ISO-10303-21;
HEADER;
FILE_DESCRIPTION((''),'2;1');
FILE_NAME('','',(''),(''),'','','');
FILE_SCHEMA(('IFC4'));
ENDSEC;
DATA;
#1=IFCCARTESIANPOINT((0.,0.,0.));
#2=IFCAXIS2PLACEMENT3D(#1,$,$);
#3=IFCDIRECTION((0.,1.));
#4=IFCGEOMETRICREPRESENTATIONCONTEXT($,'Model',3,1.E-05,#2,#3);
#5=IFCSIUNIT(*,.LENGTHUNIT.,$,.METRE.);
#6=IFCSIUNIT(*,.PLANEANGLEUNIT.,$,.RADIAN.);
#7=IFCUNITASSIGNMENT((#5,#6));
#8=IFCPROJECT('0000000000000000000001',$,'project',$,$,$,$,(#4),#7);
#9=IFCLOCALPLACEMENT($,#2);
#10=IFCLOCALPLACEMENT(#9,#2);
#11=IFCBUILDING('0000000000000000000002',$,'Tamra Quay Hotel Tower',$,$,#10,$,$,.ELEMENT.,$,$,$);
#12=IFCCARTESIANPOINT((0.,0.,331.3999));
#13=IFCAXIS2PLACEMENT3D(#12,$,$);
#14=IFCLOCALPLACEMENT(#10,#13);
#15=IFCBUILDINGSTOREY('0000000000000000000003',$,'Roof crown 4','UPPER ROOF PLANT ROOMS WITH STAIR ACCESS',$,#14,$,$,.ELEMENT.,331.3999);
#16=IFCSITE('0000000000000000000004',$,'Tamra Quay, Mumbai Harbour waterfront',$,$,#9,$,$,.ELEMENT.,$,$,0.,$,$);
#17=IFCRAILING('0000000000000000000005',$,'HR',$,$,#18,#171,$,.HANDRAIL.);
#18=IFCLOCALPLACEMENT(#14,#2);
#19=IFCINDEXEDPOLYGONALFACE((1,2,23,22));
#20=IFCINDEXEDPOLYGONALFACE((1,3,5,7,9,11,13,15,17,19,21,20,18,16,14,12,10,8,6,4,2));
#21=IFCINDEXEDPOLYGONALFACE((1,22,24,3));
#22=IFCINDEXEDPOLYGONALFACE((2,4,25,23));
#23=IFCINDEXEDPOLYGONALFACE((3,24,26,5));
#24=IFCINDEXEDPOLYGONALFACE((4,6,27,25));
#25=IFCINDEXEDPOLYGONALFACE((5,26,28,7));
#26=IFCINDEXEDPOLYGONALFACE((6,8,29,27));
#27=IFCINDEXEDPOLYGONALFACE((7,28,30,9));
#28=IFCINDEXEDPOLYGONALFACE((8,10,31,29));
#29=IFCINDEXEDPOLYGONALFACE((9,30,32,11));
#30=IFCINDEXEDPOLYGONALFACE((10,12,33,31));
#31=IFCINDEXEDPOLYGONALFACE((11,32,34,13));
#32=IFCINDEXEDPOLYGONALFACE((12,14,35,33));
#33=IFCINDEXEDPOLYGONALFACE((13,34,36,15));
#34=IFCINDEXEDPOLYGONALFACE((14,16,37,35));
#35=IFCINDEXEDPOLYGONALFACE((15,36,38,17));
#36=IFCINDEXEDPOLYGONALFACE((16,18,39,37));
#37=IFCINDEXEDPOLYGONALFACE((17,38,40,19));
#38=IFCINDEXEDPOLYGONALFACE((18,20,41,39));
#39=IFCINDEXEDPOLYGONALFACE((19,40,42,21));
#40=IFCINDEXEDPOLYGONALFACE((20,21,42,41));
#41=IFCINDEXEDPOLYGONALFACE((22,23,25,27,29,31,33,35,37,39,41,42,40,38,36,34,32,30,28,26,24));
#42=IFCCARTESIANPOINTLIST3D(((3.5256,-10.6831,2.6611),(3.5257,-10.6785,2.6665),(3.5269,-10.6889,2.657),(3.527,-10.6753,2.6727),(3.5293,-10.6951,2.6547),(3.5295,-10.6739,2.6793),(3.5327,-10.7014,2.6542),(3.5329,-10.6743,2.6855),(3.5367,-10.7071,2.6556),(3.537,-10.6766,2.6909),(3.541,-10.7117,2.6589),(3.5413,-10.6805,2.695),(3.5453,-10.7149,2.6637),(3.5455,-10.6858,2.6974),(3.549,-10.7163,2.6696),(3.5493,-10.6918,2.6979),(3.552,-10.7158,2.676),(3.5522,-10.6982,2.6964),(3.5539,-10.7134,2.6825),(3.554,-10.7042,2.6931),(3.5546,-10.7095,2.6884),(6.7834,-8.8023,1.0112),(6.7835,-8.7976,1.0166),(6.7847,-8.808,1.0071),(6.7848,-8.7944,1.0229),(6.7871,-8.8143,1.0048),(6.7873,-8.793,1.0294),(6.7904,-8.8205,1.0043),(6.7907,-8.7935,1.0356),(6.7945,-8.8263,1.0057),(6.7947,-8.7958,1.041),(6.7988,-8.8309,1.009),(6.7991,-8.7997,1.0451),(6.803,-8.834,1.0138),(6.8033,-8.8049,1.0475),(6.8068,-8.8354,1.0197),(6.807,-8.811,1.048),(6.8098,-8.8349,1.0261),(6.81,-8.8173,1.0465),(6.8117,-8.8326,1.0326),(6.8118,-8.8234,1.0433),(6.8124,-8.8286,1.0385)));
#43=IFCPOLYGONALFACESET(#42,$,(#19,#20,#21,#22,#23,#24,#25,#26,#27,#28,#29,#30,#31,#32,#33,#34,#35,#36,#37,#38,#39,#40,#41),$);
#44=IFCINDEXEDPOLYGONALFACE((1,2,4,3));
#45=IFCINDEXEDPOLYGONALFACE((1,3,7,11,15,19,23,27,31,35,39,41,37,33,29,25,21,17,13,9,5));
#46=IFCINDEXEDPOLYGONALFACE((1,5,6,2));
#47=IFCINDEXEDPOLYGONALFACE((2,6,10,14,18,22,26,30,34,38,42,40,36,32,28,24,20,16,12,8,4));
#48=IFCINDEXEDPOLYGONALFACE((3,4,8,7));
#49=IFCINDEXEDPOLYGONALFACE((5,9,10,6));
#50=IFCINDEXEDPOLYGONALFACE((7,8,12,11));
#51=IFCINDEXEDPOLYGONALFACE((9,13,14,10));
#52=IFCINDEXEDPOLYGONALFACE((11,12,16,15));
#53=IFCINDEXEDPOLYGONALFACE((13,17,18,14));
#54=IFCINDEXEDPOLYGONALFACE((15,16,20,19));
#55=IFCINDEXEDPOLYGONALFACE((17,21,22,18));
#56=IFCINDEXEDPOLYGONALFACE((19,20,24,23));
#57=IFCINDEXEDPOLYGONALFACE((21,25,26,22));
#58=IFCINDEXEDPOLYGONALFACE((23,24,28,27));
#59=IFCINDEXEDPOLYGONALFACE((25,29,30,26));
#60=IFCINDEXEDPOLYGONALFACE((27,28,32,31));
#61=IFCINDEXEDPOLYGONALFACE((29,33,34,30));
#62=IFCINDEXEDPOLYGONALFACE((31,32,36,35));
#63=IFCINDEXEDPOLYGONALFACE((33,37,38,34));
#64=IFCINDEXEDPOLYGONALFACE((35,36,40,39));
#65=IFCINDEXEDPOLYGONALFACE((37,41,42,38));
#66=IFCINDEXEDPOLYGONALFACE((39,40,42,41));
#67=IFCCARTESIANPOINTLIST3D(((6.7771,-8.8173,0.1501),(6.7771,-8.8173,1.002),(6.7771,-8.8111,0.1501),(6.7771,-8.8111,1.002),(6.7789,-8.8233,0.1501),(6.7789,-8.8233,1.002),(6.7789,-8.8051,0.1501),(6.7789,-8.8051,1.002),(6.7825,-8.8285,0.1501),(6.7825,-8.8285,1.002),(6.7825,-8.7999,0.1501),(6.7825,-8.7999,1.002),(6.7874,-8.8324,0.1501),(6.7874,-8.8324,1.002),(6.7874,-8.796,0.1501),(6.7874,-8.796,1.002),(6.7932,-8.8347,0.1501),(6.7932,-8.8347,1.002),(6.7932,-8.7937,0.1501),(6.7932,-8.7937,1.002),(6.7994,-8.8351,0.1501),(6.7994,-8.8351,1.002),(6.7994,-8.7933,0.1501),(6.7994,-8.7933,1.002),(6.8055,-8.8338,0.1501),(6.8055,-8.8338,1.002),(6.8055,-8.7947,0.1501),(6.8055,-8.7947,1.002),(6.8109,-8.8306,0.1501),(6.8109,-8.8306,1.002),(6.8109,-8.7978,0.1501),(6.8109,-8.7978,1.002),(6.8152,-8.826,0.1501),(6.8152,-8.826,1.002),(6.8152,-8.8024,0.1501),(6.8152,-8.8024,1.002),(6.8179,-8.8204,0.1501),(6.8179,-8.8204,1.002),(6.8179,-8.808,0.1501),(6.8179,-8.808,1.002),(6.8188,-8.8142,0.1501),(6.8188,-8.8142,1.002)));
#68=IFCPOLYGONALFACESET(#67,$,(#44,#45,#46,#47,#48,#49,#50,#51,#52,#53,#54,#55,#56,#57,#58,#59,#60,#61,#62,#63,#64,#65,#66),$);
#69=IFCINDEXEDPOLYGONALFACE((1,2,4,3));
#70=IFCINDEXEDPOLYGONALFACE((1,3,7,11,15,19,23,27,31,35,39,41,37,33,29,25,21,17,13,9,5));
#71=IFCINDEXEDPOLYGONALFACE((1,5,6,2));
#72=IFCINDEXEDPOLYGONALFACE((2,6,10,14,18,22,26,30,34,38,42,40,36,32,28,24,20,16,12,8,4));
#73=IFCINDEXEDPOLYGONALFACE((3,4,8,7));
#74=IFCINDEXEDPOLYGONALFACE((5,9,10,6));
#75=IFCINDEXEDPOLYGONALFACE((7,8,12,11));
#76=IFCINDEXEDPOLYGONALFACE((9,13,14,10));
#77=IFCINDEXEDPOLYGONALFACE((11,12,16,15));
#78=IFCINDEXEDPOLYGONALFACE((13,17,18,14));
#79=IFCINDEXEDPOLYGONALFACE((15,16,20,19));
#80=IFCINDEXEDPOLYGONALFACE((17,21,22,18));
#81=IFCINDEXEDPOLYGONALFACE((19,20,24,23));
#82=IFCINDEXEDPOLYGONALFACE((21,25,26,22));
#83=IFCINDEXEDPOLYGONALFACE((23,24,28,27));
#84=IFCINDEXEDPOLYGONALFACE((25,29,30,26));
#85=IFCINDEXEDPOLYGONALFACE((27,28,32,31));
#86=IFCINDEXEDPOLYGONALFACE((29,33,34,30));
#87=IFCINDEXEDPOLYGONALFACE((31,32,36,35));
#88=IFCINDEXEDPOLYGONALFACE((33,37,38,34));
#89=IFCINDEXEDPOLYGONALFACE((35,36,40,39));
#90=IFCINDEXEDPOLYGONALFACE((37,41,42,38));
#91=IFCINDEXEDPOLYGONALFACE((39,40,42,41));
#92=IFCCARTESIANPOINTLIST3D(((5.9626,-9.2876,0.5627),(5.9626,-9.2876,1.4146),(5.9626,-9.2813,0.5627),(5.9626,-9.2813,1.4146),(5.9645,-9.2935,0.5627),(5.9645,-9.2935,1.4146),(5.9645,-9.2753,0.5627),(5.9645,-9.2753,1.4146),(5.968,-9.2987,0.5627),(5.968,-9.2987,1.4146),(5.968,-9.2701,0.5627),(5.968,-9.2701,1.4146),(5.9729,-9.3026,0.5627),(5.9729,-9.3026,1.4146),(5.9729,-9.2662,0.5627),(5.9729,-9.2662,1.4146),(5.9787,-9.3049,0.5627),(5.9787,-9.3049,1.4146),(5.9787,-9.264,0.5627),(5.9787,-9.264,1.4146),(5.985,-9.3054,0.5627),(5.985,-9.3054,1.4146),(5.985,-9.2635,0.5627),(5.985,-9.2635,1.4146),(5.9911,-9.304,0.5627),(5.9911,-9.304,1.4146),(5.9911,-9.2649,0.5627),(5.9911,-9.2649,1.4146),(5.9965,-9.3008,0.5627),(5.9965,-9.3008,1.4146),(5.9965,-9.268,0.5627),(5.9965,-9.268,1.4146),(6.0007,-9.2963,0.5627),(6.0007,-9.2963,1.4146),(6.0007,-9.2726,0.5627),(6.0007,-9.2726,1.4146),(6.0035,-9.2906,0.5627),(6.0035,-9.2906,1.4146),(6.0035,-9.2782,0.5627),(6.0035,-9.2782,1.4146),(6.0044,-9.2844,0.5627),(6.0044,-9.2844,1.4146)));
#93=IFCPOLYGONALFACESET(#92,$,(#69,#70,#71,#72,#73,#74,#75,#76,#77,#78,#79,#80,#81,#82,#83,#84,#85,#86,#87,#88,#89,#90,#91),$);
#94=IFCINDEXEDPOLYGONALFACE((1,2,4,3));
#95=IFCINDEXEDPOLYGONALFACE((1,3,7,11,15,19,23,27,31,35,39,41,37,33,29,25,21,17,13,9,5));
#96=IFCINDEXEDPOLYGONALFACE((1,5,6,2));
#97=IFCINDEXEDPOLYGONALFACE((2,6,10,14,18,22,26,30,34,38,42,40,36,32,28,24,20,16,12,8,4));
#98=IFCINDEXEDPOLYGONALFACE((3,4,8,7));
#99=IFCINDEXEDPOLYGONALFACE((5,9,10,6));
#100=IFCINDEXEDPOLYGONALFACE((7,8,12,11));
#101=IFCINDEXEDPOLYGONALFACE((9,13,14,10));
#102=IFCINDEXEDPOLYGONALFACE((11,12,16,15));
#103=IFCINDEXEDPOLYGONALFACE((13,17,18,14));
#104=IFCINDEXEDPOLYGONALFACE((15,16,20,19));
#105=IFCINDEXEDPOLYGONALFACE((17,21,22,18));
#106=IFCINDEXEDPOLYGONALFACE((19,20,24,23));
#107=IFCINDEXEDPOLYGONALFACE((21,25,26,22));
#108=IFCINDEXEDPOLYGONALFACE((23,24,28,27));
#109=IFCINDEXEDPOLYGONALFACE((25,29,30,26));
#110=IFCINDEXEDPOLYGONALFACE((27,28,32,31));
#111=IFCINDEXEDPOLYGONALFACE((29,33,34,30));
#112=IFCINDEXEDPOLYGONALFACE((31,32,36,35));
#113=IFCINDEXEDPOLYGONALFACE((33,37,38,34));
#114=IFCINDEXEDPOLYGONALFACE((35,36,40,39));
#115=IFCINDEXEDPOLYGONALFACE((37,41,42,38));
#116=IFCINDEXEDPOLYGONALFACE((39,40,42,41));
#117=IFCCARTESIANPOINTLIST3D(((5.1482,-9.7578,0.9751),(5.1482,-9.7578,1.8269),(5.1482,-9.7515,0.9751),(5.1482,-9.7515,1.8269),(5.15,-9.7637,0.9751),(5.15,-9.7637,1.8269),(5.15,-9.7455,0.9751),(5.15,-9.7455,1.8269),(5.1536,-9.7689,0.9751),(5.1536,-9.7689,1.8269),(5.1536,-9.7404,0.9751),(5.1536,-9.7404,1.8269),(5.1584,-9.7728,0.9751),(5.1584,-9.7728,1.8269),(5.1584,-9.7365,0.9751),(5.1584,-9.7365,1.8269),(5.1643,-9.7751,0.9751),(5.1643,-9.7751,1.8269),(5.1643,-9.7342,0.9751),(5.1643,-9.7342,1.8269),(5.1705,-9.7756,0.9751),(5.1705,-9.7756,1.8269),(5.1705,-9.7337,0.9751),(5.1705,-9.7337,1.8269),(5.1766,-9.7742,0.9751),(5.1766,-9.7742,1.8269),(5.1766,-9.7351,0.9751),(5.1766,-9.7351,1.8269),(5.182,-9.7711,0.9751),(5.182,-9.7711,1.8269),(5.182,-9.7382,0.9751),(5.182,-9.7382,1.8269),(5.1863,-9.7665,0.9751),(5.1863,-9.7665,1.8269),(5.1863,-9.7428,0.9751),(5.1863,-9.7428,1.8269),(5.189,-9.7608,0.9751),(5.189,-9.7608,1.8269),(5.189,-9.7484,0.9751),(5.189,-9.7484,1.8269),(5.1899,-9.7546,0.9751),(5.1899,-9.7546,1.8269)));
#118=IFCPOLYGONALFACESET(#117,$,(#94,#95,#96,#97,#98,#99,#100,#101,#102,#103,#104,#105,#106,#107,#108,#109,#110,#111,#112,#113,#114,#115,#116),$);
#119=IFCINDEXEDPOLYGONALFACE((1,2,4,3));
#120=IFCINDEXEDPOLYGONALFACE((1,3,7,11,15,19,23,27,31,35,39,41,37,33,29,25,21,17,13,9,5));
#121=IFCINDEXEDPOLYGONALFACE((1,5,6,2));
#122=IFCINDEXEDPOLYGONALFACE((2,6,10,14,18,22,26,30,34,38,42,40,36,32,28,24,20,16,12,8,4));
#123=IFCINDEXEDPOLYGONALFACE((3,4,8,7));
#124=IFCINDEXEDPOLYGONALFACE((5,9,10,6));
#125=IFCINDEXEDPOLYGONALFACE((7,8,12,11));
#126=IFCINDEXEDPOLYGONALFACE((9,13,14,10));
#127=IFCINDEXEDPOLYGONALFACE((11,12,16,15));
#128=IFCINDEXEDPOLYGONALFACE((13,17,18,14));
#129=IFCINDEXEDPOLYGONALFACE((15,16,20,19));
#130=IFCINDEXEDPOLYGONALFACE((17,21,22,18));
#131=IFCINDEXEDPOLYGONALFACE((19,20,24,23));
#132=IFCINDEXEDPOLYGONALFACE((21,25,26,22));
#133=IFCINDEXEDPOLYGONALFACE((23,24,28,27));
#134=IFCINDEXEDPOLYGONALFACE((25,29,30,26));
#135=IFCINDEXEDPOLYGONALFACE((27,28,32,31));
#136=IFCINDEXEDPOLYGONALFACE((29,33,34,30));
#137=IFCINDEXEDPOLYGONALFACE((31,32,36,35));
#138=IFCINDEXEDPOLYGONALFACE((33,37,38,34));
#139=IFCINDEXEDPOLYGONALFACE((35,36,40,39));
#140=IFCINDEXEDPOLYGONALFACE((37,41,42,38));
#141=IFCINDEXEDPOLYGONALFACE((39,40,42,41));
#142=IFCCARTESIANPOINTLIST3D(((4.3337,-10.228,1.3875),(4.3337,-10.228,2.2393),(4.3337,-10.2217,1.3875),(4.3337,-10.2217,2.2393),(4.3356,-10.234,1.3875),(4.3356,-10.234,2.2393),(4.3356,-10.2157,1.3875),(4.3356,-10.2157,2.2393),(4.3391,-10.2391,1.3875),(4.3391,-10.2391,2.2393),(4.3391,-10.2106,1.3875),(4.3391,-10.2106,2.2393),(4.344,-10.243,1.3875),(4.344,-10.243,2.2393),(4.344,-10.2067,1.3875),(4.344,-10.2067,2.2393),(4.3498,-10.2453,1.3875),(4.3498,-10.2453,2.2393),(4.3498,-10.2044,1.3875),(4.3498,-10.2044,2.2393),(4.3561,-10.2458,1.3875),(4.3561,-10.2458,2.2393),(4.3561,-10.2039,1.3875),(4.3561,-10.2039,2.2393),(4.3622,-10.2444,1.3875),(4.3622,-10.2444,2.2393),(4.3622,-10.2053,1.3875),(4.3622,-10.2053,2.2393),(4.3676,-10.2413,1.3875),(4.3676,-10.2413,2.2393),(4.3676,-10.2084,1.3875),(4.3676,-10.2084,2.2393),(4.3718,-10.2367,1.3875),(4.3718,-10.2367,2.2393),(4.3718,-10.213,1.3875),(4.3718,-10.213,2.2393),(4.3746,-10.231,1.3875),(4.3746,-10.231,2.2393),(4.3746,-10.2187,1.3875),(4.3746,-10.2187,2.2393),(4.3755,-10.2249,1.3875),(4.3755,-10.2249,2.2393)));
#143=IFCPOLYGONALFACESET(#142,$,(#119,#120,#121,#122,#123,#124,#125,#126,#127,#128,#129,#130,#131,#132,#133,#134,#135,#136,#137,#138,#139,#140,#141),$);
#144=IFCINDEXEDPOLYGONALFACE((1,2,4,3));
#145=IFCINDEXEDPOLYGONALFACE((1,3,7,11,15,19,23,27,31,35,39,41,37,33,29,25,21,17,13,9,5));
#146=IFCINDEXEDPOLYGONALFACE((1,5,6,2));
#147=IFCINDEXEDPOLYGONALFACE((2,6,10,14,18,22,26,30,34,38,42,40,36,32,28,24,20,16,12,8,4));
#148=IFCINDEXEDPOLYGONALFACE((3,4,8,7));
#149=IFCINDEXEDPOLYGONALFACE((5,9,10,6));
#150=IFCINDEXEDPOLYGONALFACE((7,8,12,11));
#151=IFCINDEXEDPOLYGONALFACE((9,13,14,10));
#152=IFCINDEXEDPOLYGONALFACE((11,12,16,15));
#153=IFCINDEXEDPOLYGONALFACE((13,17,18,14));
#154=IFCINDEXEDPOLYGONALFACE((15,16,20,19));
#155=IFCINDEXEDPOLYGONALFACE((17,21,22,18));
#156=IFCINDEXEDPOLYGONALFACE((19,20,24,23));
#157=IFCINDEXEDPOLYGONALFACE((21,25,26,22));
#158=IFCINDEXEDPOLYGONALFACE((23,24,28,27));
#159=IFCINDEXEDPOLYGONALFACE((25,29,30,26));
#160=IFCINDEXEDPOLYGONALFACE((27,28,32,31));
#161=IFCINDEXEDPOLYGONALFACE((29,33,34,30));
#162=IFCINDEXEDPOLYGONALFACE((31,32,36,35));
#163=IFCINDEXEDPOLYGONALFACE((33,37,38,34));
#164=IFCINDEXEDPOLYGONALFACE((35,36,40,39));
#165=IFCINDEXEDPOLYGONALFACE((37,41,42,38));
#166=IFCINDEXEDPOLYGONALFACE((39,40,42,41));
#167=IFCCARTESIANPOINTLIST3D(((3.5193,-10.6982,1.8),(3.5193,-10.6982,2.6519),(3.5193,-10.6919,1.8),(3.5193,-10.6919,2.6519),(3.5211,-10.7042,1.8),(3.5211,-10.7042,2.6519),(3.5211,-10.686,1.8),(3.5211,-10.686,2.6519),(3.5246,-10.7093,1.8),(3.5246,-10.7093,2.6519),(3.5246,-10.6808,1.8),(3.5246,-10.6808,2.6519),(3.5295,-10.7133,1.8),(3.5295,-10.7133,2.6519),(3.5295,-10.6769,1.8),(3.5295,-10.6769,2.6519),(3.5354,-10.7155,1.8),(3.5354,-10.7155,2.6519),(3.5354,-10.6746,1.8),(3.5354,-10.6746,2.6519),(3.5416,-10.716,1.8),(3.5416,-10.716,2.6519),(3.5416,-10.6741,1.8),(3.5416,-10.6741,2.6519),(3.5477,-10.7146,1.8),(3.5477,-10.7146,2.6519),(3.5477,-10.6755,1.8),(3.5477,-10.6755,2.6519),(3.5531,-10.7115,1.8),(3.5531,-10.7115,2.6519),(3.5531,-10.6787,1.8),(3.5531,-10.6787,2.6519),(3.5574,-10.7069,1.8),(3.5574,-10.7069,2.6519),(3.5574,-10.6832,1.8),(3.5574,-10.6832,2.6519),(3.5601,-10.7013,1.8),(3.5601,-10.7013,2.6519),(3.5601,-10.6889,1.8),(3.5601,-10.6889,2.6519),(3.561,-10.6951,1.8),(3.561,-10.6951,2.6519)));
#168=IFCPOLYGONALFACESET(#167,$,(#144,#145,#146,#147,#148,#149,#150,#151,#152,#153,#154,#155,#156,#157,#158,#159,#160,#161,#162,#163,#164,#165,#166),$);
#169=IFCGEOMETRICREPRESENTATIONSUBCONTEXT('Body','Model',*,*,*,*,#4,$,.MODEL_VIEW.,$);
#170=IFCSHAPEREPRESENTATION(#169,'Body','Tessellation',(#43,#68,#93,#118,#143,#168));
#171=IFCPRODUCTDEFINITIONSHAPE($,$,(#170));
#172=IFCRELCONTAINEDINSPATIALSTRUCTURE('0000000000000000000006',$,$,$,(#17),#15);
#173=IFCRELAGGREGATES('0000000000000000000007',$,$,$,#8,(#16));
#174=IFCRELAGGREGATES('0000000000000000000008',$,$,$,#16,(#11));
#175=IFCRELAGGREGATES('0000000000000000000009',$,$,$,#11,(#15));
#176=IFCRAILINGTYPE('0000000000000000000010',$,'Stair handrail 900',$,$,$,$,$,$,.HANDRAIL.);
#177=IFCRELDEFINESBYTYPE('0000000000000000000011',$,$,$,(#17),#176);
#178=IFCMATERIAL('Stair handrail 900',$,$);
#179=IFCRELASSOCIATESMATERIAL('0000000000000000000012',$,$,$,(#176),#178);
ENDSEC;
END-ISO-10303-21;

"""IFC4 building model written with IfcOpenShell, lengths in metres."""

from ifc_helpers import new_model, si_unit, direction, frame, origin, origin_2d, place, context, subcontext, project, spatial, circle, extrude, material, type_object, element, save


model = new_model("IFC4")

# Units and contexts
model_context = context("Model", 3, precision=1e-05, world=origin(), true_north=direction((0.0, 1.0)))
body_context = subcontext(model_context, "Body", "Model", "MODEL_VIEW")
ifc_project = project(units=[si_unit("LENGTHUNIT", "METRE"), si_unit("PLANEANGLEUNIT", "RADIAN")], contexts=[model_context])

# Site, building, storey
site_placement = place(None, origin())
site = spatial("IfcSite", under=ifc_project, at=site_placement, Name="Tamra Quay, Mumbai Harbour waterfront", CompositionType="ELEMENT", RefElevation=0.0)
building_placement = place(site_placement, origin())
building = spatial("IfcBuilding", under=site, at=building_placement, Name="Tamra Quay Hotel Tower", CompositionType="ELEMENT")
storey_placement = place(building_placement, frame((0.0, 0.0, 331.3999)))
storey = spatial("IfcBuildingStorey", under=building, at=storey_placement, Name="Roof crown 4", Description="UPPER ROOF PLANT ROOMS WITH STAIR ACCESS", CompositionType="ELEMENT", Elevation=331.3999)

# Railing
ifc_material_1 = material(Name="Stair handrail 900")
railing_type_1 = type_object("IfcRailingType", Name="Stair handrail 900", PredefinedType="HANDRAIL", material=ifc_material_1)
railing_1_placement = place(storey_placement, frame((6.7979, -8.8142, 0.1501)))
element("IfcRailing", 1, at=railing_1_placement, inside=storey, type_object=railing_type_1, Name="HR", PredefinedType="HANDRAIL", context=body_context, shape_type="SweptSolid", body=[
    extrude(circle(Radius=0.0239, at=origin_2d()), frame((0.0, 0.0, 0.876), z_axis=(-0.7931, -0.457887, 0.401661), x_axis=(0.499992, -0.86603, 0.0)), (0.0, 0.0, 1.0), 4.1077),
    extrude(circle(Radius=0.021, at=origin_2d()), origin(), (0.0, 0.0, 1.0), 0.8518),
    extrude(circle(Radius=0.021, at=origin_2d()), frame((-0.8145, -0.4702, 0.4126)), (0.0, 0.0, 1.0), 0.8518),
    extrude(circle(Radius=0.021, at=origin_2d()), frame((-1.6289, -0.9404, 0.825)), (0.0, 0.0, 1.0), 0.8518),
    extrude(circle(Radius=0.021, at=origin_2d()), frame((-2.4434, -1.4106, 1.2373)), (0.0, 0.0, 1.0), 0.8518),
    extrude(circle(Radius=0.021, at=origin_2d()), frame((-3.2578, -1.8809, 1.6499)), (0.0, 0.0, 1.0), 0.8518),
])

save(model, "model.ifc")
